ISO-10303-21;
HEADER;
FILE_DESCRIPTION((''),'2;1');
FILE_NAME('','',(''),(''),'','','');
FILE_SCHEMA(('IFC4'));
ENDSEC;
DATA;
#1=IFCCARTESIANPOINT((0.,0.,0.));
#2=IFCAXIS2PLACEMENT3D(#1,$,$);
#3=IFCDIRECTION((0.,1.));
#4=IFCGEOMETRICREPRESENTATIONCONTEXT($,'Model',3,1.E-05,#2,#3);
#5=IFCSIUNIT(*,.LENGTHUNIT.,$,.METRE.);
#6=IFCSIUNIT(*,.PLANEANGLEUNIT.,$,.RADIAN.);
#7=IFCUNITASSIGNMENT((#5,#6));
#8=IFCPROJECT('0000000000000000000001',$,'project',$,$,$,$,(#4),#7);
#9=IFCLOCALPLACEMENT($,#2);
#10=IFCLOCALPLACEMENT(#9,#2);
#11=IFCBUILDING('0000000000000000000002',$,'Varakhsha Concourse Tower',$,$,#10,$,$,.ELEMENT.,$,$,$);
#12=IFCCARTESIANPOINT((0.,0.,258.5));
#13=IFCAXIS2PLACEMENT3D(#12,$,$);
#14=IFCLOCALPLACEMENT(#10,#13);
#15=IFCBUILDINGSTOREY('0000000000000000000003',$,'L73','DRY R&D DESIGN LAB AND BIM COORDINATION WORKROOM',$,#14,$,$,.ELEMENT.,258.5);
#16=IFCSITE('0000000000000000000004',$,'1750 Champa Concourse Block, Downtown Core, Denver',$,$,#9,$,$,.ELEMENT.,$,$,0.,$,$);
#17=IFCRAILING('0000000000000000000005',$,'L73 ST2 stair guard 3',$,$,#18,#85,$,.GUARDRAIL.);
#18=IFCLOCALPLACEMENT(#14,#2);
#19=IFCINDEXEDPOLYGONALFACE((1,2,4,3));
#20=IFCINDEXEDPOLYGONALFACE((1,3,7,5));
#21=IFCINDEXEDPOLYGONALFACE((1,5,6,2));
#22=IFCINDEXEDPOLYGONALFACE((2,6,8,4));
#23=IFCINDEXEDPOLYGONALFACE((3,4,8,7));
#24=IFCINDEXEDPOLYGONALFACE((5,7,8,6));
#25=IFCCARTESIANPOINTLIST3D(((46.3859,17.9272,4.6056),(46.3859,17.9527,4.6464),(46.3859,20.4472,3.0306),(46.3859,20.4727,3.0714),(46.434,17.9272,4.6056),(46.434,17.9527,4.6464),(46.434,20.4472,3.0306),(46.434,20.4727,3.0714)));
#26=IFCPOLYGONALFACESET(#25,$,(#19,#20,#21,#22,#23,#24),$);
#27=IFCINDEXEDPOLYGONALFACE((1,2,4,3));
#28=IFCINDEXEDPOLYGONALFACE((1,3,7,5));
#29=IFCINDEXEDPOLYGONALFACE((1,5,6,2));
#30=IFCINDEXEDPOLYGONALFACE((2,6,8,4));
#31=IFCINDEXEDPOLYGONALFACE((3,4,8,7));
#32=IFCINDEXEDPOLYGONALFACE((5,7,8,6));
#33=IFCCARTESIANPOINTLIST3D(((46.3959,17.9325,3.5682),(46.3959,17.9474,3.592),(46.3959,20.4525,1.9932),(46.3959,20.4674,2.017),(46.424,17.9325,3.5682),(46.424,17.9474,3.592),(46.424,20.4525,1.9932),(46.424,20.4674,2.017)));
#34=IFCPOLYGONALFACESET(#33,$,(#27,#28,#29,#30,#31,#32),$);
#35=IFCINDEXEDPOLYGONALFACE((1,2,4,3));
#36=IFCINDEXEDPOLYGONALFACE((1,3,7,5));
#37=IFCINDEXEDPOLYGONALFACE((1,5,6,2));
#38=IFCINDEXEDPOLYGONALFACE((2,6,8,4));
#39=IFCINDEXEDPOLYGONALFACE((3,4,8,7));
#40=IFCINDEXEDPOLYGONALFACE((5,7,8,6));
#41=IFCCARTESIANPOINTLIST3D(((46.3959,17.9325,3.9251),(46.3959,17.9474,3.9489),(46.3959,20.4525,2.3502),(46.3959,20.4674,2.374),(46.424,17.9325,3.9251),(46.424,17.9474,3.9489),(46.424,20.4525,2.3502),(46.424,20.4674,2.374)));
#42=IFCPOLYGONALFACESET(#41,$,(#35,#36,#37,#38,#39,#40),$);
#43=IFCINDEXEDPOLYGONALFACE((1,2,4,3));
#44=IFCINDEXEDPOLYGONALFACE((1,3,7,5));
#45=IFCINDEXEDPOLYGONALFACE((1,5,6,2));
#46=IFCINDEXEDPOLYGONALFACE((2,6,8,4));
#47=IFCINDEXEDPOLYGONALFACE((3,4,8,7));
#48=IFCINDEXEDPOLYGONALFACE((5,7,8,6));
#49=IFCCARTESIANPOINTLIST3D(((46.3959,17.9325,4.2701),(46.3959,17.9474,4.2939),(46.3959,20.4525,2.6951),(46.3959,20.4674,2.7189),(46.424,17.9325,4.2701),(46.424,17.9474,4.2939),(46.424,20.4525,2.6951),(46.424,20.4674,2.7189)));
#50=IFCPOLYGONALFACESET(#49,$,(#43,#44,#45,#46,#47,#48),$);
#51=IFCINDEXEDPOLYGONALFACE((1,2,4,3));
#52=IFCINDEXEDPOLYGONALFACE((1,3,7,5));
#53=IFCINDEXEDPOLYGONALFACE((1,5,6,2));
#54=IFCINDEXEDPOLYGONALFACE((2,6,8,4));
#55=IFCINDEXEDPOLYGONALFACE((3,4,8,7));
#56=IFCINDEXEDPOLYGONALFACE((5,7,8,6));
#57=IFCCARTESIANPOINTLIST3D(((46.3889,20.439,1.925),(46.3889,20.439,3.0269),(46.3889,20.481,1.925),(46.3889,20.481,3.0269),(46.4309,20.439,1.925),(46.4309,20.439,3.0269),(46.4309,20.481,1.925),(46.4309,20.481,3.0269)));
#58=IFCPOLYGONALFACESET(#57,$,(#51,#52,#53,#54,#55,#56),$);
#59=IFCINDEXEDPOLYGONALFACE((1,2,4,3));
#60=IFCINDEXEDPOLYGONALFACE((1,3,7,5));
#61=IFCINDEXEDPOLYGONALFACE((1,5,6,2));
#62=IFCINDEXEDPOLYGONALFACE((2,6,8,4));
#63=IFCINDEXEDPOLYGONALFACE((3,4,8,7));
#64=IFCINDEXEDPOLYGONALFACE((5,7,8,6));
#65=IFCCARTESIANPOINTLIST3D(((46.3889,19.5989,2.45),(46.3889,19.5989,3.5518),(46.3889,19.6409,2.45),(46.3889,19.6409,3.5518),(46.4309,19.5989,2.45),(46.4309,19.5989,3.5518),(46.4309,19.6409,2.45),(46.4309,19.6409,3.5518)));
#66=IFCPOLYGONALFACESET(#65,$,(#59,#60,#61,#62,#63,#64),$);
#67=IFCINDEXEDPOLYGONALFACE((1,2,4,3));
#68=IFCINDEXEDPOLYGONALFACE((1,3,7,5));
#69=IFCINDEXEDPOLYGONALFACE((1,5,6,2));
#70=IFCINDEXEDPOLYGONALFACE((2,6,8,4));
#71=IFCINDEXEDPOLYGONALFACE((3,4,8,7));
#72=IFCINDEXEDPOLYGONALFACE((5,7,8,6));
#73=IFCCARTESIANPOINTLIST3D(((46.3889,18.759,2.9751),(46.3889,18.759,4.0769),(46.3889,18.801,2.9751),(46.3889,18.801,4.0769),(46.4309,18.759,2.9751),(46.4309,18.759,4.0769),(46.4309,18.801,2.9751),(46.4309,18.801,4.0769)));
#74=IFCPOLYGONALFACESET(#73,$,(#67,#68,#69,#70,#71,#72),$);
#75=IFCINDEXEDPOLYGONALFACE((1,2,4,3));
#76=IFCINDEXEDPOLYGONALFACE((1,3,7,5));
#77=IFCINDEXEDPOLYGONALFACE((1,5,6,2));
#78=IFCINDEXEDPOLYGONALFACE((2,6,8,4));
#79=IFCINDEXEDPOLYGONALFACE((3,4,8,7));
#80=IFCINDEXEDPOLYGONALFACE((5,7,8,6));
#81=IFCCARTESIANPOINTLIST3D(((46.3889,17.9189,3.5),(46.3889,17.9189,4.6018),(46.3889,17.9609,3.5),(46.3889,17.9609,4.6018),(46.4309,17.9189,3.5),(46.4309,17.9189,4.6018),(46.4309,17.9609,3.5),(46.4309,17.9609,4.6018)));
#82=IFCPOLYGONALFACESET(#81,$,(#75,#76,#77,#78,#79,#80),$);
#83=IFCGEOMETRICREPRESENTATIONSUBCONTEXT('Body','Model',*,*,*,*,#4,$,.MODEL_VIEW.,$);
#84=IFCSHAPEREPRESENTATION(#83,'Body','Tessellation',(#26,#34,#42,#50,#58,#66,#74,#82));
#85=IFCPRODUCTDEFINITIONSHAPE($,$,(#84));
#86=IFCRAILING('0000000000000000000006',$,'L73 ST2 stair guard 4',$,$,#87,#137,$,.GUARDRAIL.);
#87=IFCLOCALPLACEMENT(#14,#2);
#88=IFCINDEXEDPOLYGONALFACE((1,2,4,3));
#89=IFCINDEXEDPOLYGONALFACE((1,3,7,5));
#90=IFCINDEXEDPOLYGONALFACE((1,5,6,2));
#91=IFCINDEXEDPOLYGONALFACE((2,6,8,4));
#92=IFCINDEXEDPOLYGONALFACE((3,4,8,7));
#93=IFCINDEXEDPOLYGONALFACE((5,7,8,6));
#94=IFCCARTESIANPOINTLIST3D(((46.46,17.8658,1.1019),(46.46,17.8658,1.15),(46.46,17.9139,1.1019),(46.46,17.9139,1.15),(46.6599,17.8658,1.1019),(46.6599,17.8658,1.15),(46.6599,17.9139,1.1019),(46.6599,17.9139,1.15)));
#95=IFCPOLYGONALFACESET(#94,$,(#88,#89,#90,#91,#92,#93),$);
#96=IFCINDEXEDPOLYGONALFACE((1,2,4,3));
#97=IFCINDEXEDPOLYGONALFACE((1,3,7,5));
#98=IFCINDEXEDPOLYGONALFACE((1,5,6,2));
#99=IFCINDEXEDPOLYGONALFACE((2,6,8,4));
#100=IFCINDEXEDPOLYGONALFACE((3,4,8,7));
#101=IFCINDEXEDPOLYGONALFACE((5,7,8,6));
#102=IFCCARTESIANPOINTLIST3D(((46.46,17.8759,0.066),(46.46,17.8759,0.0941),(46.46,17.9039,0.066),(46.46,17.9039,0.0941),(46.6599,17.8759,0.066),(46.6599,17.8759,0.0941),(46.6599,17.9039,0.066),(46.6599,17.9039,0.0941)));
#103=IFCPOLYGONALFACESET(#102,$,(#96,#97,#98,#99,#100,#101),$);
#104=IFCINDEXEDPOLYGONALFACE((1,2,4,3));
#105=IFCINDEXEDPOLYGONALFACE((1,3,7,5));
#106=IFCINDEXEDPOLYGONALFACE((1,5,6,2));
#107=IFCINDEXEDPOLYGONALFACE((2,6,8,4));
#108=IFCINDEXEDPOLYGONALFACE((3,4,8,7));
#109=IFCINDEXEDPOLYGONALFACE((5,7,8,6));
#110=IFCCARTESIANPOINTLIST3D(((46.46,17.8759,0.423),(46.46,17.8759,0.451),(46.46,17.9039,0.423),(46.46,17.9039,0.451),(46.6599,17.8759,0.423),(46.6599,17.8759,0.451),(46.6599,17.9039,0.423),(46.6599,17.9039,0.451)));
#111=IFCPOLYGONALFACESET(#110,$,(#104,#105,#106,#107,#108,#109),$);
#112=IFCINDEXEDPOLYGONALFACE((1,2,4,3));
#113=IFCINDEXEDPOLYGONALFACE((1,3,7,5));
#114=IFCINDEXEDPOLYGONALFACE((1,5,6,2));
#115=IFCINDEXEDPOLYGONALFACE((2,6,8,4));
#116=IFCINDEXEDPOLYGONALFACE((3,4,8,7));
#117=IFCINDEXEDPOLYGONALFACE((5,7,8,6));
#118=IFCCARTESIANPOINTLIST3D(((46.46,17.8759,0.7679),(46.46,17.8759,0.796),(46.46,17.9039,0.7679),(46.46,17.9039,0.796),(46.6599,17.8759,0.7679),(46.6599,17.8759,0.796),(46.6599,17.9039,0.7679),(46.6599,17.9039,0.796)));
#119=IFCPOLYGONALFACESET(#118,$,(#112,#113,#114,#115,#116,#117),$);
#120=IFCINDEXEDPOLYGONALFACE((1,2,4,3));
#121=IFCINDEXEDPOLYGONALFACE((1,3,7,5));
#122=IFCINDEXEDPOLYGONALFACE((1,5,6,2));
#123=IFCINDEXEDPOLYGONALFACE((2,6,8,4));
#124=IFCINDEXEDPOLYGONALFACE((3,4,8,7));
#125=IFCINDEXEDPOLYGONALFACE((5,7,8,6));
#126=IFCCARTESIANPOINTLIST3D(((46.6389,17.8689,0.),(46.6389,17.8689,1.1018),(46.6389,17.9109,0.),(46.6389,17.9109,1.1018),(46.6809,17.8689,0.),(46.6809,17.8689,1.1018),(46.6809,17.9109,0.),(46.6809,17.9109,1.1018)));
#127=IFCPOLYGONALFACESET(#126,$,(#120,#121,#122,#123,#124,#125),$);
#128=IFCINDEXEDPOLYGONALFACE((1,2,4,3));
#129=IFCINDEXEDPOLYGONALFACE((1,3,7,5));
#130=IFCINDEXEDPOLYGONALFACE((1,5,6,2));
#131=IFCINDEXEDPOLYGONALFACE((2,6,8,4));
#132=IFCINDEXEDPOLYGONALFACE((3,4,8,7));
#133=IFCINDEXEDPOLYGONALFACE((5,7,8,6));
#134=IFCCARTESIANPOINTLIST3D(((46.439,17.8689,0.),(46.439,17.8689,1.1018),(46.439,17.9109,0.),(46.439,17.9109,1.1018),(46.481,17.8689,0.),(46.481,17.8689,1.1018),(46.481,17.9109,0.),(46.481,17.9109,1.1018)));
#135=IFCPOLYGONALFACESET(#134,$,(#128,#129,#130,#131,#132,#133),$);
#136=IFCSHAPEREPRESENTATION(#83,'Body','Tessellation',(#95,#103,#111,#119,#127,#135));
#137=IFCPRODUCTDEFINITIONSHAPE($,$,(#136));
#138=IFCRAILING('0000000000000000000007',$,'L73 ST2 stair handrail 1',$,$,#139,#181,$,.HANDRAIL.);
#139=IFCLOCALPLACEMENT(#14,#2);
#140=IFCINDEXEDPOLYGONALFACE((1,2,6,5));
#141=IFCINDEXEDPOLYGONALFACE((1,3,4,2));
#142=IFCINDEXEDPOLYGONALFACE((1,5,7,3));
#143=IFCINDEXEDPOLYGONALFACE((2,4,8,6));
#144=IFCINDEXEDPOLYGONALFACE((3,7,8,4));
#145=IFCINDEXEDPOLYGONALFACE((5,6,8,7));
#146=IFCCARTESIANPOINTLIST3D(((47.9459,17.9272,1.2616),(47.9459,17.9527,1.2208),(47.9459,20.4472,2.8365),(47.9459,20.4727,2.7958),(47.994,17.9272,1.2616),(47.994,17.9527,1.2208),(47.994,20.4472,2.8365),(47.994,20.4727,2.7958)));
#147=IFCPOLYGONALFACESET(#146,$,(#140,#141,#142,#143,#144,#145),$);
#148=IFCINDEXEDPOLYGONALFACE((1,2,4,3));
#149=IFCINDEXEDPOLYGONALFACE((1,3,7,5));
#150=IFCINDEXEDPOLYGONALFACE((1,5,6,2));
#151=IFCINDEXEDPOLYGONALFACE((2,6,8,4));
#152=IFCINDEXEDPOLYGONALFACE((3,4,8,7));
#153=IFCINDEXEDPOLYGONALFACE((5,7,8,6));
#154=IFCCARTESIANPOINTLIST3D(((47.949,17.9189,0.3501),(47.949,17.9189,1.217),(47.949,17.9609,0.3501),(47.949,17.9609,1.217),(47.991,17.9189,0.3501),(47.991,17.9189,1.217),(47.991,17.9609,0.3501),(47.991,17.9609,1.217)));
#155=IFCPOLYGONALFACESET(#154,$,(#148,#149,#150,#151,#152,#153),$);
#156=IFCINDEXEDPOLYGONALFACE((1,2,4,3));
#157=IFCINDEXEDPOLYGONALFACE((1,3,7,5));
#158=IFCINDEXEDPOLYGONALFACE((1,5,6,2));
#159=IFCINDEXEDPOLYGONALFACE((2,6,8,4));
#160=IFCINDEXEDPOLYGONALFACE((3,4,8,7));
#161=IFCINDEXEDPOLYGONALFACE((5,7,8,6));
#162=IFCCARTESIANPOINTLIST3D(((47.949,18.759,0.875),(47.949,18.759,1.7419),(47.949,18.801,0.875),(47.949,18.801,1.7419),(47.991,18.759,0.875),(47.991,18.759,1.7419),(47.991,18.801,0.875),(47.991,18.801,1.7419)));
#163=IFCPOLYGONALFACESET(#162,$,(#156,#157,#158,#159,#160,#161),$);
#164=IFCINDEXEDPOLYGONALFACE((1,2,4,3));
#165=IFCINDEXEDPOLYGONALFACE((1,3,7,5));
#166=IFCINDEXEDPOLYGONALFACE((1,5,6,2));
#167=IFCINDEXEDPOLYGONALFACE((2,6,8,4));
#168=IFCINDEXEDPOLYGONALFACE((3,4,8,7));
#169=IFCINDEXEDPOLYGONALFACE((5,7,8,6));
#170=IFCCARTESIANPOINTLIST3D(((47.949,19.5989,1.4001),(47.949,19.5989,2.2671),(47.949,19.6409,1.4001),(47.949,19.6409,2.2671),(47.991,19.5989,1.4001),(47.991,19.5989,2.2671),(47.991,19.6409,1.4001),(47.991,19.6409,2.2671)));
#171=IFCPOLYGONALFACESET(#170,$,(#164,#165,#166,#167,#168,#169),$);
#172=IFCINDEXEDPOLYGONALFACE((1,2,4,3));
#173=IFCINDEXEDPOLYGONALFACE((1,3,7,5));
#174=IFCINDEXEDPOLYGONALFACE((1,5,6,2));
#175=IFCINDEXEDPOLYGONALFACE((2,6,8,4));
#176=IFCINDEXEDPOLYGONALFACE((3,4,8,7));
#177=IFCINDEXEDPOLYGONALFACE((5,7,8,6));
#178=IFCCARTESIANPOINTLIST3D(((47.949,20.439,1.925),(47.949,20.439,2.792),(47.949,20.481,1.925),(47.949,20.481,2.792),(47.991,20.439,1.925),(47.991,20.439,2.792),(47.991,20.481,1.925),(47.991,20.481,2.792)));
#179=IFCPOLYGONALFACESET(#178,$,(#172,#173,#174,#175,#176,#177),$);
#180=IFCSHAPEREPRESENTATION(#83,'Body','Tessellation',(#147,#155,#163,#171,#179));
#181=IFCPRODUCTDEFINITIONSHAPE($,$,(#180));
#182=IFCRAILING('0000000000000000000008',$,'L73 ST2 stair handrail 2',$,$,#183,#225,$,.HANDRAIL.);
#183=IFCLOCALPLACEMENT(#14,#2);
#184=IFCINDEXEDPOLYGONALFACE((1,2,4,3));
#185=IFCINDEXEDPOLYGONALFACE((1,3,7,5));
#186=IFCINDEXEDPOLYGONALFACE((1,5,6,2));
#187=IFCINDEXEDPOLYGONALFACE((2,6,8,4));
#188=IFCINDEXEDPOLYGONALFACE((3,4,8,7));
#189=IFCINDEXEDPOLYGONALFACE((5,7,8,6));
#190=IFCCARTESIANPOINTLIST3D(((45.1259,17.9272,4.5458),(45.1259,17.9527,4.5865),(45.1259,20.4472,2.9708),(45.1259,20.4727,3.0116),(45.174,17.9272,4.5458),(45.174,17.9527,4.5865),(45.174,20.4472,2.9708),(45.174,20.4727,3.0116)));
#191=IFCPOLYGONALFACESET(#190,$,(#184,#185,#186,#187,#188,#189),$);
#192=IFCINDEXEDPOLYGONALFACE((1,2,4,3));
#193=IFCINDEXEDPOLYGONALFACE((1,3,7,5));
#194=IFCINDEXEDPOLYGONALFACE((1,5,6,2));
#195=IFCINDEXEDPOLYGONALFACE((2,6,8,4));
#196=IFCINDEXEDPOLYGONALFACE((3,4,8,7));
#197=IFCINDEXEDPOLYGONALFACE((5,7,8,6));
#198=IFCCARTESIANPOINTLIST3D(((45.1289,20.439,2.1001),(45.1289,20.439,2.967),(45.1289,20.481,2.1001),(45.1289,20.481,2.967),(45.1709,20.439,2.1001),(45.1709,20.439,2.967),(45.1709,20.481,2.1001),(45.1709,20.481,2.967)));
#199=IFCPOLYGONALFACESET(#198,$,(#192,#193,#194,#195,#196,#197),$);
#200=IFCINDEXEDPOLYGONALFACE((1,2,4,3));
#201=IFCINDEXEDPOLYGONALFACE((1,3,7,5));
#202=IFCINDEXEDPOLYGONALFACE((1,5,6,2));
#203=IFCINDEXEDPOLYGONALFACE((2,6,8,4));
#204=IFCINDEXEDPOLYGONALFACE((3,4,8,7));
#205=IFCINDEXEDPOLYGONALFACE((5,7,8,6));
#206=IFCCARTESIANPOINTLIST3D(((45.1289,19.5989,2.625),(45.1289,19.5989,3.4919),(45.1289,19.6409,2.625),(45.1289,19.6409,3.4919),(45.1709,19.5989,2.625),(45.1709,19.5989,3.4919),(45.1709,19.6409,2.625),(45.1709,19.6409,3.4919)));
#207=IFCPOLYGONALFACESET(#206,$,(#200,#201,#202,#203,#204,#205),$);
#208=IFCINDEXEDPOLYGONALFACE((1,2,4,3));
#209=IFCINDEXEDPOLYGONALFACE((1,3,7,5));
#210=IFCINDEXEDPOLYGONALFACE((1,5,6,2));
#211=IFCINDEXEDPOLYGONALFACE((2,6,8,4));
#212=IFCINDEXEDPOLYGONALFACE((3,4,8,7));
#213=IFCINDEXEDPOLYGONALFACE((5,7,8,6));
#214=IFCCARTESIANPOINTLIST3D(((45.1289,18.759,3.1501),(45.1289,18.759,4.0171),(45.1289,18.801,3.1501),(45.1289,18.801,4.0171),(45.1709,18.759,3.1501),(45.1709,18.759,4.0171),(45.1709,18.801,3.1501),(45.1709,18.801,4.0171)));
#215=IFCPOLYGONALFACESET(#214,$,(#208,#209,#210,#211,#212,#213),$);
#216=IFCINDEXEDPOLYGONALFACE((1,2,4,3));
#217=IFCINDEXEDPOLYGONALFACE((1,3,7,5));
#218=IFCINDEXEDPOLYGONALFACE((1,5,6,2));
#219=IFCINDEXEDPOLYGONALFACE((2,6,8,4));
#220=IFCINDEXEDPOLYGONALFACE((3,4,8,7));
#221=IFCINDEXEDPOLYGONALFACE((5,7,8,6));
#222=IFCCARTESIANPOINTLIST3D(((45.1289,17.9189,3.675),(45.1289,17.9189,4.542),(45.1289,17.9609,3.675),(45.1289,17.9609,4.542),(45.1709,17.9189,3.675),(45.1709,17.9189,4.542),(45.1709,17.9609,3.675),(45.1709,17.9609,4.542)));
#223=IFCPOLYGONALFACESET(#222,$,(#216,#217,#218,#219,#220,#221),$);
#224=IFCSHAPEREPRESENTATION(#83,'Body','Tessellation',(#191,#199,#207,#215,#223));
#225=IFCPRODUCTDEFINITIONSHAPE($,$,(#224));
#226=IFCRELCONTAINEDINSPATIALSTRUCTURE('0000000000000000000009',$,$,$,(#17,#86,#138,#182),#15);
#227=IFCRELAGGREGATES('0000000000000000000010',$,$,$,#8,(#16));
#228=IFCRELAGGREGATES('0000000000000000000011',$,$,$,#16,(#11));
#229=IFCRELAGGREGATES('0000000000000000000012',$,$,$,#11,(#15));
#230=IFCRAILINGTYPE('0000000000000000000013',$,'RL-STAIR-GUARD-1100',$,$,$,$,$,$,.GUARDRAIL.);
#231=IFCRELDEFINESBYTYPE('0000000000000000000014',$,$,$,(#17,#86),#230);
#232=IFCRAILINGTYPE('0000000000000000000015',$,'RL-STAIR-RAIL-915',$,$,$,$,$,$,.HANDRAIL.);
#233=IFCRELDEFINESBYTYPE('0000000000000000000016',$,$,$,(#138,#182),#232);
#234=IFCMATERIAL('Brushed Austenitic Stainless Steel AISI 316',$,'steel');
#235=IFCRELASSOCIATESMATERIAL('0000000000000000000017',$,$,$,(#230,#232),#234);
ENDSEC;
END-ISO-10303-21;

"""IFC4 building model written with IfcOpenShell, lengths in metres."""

from ifc_helpers import new_model, si_unit, direction, frame, origin, origin_2d, place, context, subcontext, project, spatial, rectangle, extrude, material, type_object, element, save


model = new_model("IFC4")

# Units and contexts
model_context = context("Model", 3, precision=1e-05, world=origin(), true_north=direction((0.0, 1.0)))
body_context = subcontext(model_context, "Body", "Model", "MODEL_VIEW")
ifc_project = project(units=[si_unit("LENGTHUNIT", "METRE"), si_unit("PLANEANGLEUNIT", "RADIAN")], contexts=[model_context])

# Site, building, storey
site_placement = place(None, origin())
site = spatial("IfcSite", under=ifc_project, at=site_placement, Name="1750 Champa Concourse Block, Downtown Core, Denver", CompositionType="ELEMENT", RefElevation=0.0)
building_placement = place(site_placement, origin())
building = spatial("IfcBuilding", under=site, at=building_placement, Name="Varakhsha Concourse Tower", CompositionType="ELEMENT")
storey_placement = place(building_placement, frame((0.0, 0.0, 258.5)))
storey = spatial("IfcBuildingStorey", under=building, at=storey_placement, Name="L73", Description="DRY R&D DESIGN LAB AND BIM COORDINATION WORKROOM", CompositionType="ELEMENT", Elevation=258.5)

# Railings
ifc_material_1 = material(Name="Brushed Austenitic Stainless Steel AISI 316", Category="steel")
railing_type_1 = type_object("IfcRailingType", Name="RL-STAIR-GUARD-1100", PredefinedType="GUARDRAIL", material=ifc_material_1)
railing_1_placement = place(storey_placement, frame((46.4099, 20.46, 1.925)))
element("IfcRailing", 1, at=railing_1_placement, inside=storey, type_object=railing_type_1, Name="L73 ST2 stair guard 3", PredefinedType="GUARDRAIL", context=body_context, shape_type="SweptSolid", body=[
    extrude(rectangle(XDim=0.0481, YDim=0.0481, at=origin_2d()), frame((0.0, 0.0, 1.126), z_axis=(0.0, -0.848008, 0.529984), x_axis=(1.0, 0.0, 0.0)), (0.0, 0.0, 1.0), 2.9717),
    extrude(rectangle(XDim=0.0281, YDim=0.0281, at=origin_2d()), frame((0.0, 0.0, 0.0801), z_axis=(0.0, -0.848008, 0.529984), x_axis=(1.0, 0.0, 0.0)), (0.0, 0.0, 1.0), 2.9717),
    extrude(rectangle(XDim=0.0281, YDim=0.0281, at=origin_2d()), frame((0.0, 0.0, 0.437), z_axis=(0.0, -0.848008, 0.529984), x_axis=(1.0, 0.0, 0.0)), (0.0, 0.0, 1.0), 2.9717),
    extrude(rectangle(XDim=0.0281, YDim=0.0281, at=origin_2d()), frame((0.0, 0.0, 0.782), z_axis=(0.0, -0.848008, 0.529984), x_axis=(1.0, 0.0, 0.0)), (0.0, 0.0, 1.0), 2.9717),
    extrude(rectangle(XDim=0.042, YDim=0.042, at=origin_2d()), origin(), (0.0, 0.0, 1.0), 1.1018),
    extrude(rectangle(XDim=0.042, YDim=0.042, at=origin_2d()), frame((0.0, -0.8401, 0.5249)), (0.0, 0.0, 1.0), 1.1018),
    extrude(rectangle(XDim=0.042, YDim=0.042, at=origin_2d()), frame((0.0, -1.6799, 1.05)), (0.0, 0.0, 1.0), 1.1018),
    extrude(rectangle(XDim=0.042, YDim=0.042, at=origin_2d()), frame((0.0, -2.52, 1.575)), (0.0, 0.0, 1.0), 1.1018),
])
railing_2_placement = place(storey_placement, frame((46.6599, 17.8899, 0.0)))
element("IfcRailing", 2, at=railing_2_placement, inside=storey, type_object=railing_type_1, Name="L73 ST2 stair guard 4", PredefinedType="GUARDRAIL", context=body_context, shape_type="SweptSolid", body=[
    extrude(rectangle(XDim=0.0481, YDim=0.0481, at=origin_2d()), frame((0.0, 0.0, 1.126), z_axis=(-1.0, 0.0, 0.0), x_axis=(0.0, -1.0, 0.0)), (0.0, 0.0, 1.0), 0.2),
    extrude(rectangle(XDim=0.0281, YDim=0.0281, at=origin_2d()), frame((0.0, 0.0, 0.0801), z_axis=(-1.0, 0.0, 0.0), x_axis=(0.0, -1.0, 0.0)), (0.0, 0.0, 1.0), 0.2),
    extrude(rectangle(XDim=0.0281, YDim=0.0281, at=origin_2d()), frame((0.0, 0.0, 0.437), z_axis=(-1.0, 0.0, 0.0), x_axis=(0.0, -1.0, 0.0)), (0.0, 0.0, 1.0), 0.2),
    extrude(rectangle(XDim=0.0281, YDim=0.0281, at=origin_2d()), frame((0.0, 0.0, 0.782), z_axis=(-1.0, 0.0, 0.0), x_axis=(0.0, -1.0, 0.0)), (0.0, 0.0, 1.0), 0.2),
    extrude(rectangle(XDim=0.042, YDim=0.042, at=origin_2d()), origin(), (0.0, 0.0, 1.0), 1.1018),
    extrude(rectangle(XDim=0.042, YDim=0.042, at=origin_2d()), frame((-0.2, 0.0, 0.0)), (0.0, 0.0, 1.0), 1.1018),
])
railing_type_2 = type_object("IfcRailingType", Name="RL-STAIR-RAIL-915", PredefinedType="HANDRAIL", material=ifc_material_1)
railing_3_placement = place(storey_placement, frame((47.97, 17.9399, 0.3501)))
element("IfcRailing", 3, at=railing_3_placement, inside=storey, type_object=railing_type_2, Name="L73 ST2 stair handrail 1", PredefinedType="HANDRAIL", context=body_context, shape_type="SweptSolid", body=[
    extrude(rectangle(XDim=0.0481, YDim=0.0481, at=origin_2d()), frame((0.0, 0.0, 0.8911), z_axis=(0.0, 0.848008, 0.529984), x_axis=(-1.0, 0.0, 0.0)), (0.0, 0.0, 1.0), 2.9717),
    extrude(rectangle(XDim=0.042, YDim=0.042, at=origin_2d()), origin(), (0.0, 0.0, 1.0), 0.8669),
    extrude(rectangle(XDim=0.042, YDim=0.042, at=origin_2d()), frame((0.0, 0.8401, 0.5249)), (0.0, 0.0, 1.0), 0.8669),
    extrude(rectangle(XDim=0.042, YDim=0.042, at=origin_2d()), frame((0.0, 1.6799, 1.05)), (0.0, 0.0, 1.0), 0.8669),
    extrude(rectangle(XDim=0.042, YDim=0.042, at=origin_2d()), frame((0.0, 2.52, 1.575)), (0.0, 0.0, 1.0), 0.8669),
])
railing_4_placement = place(storey_placement, frame((45.1499, 20.46, 2.1001)))
element("IfcRailing", 4, at=railing_4_placement, inside=storey, type_object=railing_type_2, Name="L73 ST2 stair handrail 2", PredefinedType="HANDRAIL", context=body_context, shape_type="SweptSolid", body=[
    extrude(rectangle(XDim=0.0481, YDim=0.0481, at=origin_2d()), frame((0.0, 0.0, 0.8911), z_axis=(0.0, -0.848008, 0.529984), x_axis=(1.0, 0.0, 0.0)), (0.0, 0.0, 1.0), 2.9717),
    extrude(rectangle(XDim=0.042, YDim=0.042, at=origin_2d()), origin(), (0.0, 0.0, 1.0), 0.8669),
    extrude(rectangle(XDim=0.042, YDim=0.042, at=origin_2d()), frame((0.0, -0.8401, 0.5249)), (0.0, 0.0, 1.0), 0.8669),
    extrude(rectangle(XDim=0.042, YDim=0.042, at=origin_2d()), frame((0.0, -1.6799, 1.05)), (0.0, 0.0, 1.0), 0.8669),
    extrude(rectangle(XDim=0.042, YDim=0.042, at=origin_2d()), frame((0.0, -2.52, 1.575)), (0.0, 0.0, 1.0), 0.8669),
])

save(model, "model.ifc")
